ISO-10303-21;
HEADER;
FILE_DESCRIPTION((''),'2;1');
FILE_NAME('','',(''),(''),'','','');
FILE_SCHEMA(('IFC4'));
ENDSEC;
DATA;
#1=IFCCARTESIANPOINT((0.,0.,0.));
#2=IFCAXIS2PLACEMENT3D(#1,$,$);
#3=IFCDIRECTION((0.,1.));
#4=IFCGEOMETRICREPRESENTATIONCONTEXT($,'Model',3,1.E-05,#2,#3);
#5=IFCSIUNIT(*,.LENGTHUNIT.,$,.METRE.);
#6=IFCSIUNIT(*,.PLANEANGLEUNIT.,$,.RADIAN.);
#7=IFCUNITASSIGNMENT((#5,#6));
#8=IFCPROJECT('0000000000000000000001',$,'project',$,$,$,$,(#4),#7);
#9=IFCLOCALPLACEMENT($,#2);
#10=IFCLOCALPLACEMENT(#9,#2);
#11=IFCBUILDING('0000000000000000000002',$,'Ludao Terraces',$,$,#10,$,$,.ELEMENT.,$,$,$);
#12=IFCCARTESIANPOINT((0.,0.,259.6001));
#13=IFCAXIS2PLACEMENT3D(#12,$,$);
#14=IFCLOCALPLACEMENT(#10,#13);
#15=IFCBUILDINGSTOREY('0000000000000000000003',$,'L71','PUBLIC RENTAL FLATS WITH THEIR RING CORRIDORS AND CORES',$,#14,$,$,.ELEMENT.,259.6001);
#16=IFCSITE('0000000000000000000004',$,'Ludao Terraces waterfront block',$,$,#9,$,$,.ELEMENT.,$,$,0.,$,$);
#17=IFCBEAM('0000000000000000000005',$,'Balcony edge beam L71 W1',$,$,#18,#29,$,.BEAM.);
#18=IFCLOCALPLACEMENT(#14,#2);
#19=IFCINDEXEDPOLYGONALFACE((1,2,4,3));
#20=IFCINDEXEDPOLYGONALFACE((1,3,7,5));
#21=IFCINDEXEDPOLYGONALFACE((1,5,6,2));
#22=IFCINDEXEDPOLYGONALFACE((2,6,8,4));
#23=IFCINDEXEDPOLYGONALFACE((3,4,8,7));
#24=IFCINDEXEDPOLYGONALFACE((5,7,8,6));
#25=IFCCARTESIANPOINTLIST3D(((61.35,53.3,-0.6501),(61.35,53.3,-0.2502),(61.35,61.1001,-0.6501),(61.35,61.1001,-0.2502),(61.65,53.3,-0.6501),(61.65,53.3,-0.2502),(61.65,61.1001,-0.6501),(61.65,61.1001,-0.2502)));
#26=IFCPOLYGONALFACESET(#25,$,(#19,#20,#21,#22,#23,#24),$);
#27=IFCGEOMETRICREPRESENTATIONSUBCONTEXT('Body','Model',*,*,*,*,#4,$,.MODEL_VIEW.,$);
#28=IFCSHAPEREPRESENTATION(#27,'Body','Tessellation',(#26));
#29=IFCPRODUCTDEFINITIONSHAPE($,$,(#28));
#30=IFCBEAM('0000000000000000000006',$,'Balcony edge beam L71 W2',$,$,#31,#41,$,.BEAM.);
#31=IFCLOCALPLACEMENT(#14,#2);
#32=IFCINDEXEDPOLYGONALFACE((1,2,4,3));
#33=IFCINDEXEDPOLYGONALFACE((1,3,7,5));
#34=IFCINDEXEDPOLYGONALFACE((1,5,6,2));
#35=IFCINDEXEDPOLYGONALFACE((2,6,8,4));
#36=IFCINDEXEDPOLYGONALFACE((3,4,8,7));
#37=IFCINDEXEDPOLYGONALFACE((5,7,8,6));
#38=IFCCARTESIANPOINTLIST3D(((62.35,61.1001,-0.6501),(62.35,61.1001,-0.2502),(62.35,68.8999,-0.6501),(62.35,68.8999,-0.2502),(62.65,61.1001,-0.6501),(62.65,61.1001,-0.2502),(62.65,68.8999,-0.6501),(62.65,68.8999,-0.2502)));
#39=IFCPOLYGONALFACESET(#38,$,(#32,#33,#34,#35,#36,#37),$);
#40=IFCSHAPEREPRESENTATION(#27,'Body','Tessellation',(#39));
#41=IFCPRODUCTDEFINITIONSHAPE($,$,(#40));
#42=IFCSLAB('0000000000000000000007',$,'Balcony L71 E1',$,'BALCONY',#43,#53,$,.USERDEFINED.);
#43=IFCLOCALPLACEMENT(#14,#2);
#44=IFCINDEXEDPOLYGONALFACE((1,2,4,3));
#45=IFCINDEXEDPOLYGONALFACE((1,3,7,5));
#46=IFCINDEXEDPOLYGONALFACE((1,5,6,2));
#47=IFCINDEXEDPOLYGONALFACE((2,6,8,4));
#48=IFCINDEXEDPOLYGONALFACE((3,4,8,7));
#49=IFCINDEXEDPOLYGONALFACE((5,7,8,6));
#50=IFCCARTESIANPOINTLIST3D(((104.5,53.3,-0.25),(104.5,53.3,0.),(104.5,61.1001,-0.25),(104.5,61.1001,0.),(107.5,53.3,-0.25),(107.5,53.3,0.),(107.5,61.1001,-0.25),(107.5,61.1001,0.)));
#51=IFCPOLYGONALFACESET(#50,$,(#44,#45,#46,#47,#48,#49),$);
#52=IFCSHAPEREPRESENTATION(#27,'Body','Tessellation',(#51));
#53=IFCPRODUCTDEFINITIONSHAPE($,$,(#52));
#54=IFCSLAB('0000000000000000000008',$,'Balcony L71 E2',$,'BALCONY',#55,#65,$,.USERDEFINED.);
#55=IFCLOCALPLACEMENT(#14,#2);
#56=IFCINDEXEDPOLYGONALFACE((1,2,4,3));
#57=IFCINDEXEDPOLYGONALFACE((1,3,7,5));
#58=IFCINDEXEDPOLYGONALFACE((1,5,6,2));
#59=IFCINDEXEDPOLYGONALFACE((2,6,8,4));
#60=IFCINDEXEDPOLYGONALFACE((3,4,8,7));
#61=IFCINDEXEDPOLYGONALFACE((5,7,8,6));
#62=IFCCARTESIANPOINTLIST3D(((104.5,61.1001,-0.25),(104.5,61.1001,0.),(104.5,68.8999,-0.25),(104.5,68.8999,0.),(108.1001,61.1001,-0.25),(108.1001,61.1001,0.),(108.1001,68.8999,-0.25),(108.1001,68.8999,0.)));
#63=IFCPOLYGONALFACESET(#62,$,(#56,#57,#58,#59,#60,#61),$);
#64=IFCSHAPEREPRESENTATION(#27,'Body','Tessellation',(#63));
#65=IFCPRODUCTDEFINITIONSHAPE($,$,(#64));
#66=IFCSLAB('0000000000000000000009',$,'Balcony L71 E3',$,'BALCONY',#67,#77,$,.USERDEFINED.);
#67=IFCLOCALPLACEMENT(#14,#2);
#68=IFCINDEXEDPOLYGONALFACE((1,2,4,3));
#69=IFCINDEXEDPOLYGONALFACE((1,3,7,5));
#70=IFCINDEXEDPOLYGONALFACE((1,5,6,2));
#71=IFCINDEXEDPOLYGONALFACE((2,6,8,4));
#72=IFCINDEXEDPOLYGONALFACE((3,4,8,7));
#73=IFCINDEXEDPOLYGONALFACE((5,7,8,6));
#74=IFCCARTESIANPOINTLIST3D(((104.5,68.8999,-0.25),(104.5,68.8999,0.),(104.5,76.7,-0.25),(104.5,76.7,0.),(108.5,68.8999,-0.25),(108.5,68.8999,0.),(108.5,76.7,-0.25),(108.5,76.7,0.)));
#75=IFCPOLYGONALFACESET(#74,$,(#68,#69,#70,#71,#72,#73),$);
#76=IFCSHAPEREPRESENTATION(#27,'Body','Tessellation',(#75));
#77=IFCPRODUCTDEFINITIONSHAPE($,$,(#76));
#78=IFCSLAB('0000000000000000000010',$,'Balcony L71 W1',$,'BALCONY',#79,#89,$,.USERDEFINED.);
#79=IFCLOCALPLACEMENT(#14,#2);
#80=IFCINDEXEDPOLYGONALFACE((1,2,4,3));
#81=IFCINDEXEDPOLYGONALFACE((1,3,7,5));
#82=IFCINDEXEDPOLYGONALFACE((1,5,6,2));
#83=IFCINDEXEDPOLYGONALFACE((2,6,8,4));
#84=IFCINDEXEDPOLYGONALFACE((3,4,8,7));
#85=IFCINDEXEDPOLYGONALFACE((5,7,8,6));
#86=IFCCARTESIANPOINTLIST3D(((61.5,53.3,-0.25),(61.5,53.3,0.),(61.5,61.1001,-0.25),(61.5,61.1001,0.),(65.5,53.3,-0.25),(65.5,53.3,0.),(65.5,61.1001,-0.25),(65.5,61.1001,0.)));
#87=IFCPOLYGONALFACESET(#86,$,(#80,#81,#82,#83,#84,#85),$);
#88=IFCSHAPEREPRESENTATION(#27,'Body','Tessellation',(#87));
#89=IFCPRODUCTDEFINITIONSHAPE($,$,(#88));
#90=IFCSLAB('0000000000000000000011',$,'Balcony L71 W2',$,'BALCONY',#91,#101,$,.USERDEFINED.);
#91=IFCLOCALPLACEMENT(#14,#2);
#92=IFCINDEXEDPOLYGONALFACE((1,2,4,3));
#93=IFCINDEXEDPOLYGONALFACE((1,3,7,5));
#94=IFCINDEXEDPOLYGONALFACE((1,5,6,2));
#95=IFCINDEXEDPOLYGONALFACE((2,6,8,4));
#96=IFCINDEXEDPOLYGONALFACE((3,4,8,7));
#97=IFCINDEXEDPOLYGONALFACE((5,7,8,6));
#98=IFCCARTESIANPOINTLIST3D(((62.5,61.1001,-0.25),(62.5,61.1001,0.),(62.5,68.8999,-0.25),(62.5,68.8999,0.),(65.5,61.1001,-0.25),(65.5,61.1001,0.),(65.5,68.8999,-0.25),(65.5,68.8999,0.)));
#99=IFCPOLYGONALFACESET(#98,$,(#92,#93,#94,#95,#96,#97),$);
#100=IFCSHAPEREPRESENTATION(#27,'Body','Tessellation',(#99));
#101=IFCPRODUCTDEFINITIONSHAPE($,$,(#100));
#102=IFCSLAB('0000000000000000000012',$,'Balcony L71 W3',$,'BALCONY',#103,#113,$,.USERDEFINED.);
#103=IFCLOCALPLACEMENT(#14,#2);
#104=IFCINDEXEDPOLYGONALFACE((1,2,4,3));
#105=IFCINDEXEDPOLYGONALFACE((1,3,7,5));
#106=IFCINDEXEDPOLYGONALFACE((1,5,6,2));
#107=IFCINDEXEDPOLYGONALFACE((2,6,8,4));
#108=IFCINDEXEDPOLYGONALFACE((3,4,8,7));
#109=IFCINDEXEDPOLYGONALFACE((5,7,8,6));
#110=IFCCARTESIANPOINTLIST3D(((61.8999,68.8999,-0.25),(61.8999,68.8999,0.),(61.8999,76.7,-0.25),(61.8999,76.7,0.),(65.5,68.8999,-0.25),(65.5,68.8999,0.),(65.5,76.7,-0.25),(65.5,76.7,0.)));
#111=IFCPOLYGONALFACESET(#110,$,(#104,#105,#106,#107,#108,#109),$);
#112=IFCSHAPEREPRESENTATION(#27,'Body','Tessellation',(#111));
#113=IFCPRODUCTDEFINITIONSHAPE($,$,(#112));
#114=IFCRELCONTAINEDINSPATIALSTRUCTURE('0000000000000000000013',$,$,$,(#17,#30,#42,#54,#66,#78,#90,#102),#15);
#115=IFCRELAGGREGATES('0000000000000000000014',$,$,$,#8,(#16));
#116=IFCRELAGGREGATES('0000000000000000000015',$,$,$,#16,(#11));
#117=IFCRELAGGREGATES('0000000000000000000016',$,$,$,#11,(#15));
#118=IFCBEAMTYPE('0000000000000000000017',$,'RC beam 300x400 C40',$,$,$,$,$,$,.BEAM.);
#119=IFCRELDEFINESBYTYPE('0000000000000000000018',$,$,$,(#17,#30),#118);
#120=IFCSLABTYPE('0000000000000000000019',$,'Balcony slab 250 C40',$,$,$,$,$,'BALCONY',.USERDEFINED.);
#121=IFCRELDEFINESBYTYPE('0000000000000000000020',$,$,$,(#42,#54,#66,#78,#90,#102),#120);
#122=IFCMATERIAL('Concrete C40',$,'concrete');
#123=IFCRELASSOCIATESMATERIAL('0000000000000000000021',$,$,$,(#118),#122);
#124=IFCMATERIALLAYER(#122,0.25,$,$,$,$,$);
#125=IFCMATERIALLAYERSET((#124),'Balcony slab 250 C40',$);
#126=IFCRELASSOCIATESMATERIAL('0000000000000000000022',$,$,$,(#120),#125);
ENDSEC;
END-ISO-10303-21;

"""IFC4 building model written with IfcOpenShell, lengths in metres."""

from ifc_helpers import new_model, si_unit, direction, frame, origin, origin_2d, place, context, subcontext, project, spatial, polyline, rectangle, outline, extrude, material, layer, layer_set, material_profile, profile_set, type_object, element, save


model = new_model("IFC4")

# Units and contexts
model_context = context("Model", 3, precision=1e-05, world=origin(), true_north=direction((0.0, 1.0)))
body_context = subcontext(model_context, "Body", "Model", "MODEL_VIEW")
ifc_project = project(units=[si_unit("LENGTHUNIT", "METRE"), si_unit("PLANEANGLEUNIT", "RADIAN")], contexts=[model_context])

# Site, building, storey
site_placement = place(None, origin())
site = spatial("IfcSite", under=ifc_project, at=site_placement, Name="Ludao Terraces waterfront block", CompositionType="ELEMENT", RefElevation=0.0)
building_placement = place(site_placement, origin())
building = spatial("IfcBuilding", under=site, at=building_placement, Name="Ludao Terraces", CompositionType="ELEMENT")
storey_placement = place(building_placement, frame((0.0, 0.0, 259.6001)))
storey = spatial("IfcBuildingStorey", under=building, at=storey_placement, Name="L71", Description="PUBLIC RENTAL FLATS WITH THEIR RING CORRIDORS AND CORES", CompositionType="ELEMENT", Elevation=259.6001)

# Beams
ifc_material_1 = material(Name="Concrete C40", Category="concrete")
ifc_material_profile = material_profile(ifc_material_1, rectangle(XDim=0.3, YDim=0.3999, at=origin_2d()), Name="300 X 400")
ifc_profile_set = profile_set([ifc_material_profile], Name="Concrete C40")
beam_type = type_object("IfcBeamType", Name="RC beam 300x400 C40", PredefinedType="BEAM", material=ifc_profile_set)
beam_1_placement = place(storey_placement, frame((61.5, 53.3, -0.4502), z_axis=(0.0, 1.0, 0.0), x_axis=(-1.0, 0.0, 0.0)))
element("IfcBeam", 1, at=beam_1_placement, inside=storey, type_object=beam_type, Name="Balcony edge beam L71 W1", PredefinedType="BEAM", context=body_context, shape_type="SweptSolid", body=[
    extrude(rectangle(XDim=0.3, YDim=0.3999, at=origin_2d()), origin(), (0.0, 0.0, 1.0), 7.8),
])
beam_2_placement = place(storey_placement, frame((62.5, 61.1001, -0.4502), z_axis=(0.0, 1.0, 0.0), x_axis=(-1.0, 0.0, 0.0)))
element("IfcBeam", 2, at=beam_2_placement, inside=storey, type_object=beam_type, Name="Balcony edge beam L71 W2", PredefinedType="BEAM", context=body_context, shape_type="SweptSolid", body=[
    extrude(rectangle(XDim=0.3, YDim=0.3999, at=origin_2d()), origin(), (0.0, 0.0, 1.0), 7.7998),
])

# Slabs
ifc_layer_1 = layer(ifc_material_1, 0.25)
ifc_layer_set_1 = layer_set([ifc_layer_1], Name="Balcony slab 250 C40")
slab_type_1 = type_object("IfcSlabType", Name="Balcony slab 250 C40", ElementType="BALCONY", PredefinedType="USERDEFINED", material=ifc_layer_set_1)
slab_1_placement = place(storey_placement, frame((0.0, 0.0, -0.25)))
element("IfcSlab", 3, at=slab_1_placement, inside=storey, type_object=slab_type_1, Name="Balcony L71 E1", ObjectType="BALCONY", PredefinedType="USERDEFINED", context=body_context, shape_type="SweptSolid", body=[
    extrude(outline(polyline([(104.5, 53.3), (107.5, 53.3), (107.5, 61.1001), (104.5, 61.1001), (104.5, 53.3)])), origin(), (0.0, 0.0, 1.0), 0.25),
])
slab_2_placement = place(storey_placement, frame((0.0, 0.0, -0.25)))
element("IfcSlab", 4, at=slab_2_placement, inside=storey, type_object=slab_type_1, Name="Balcony L71 E2", ObjectType="BALCONY", PredefinedType="USERDEFINED", context=body_context, shape_type="SweptSolid", body=[
    extrude(outline(polyline([(104.5, 61.1001), (108.1001, 61.1001), (108.1001, 68.8999), (104.5, 68.8999), (104.5, 61.1001)])), origin(), (0.0, 0.0, 1.0), 0.25),
])
slab_3_placement = place(storey_placement, frame((0.0, 0.0, -0.25)))
element("IfcSlab", 5, at=slab_3_placement, inside=storey, type_object=slab_type_1, Name="Balcony L71 E3", ObjectType="BALCONY", PredefinedType="USERDEFINED", context=body_context, shape_type="SweptSolid", body=[
    extrude(outline(polyline([(104.5, 68.8999), (108.5, 68.8999), (108.5, 76.7), (104.5, 76.7), (104.5, 68.8999)])), origin(), (0.0, 0.0, 1.0), 0.25),
])
slab_4_placement = place(storey_placement, frame((0.0, 0.0, -0.25)))
element("IfcSlab", 6, at=slab_4_placement, inside=storey, type_object=slab_type_1, Name="Balcony L71 W1", ObjectType="BALCONY", PredefinedType="USERDEFINED", context=body_context, shape_type="SweptSolid", body=[
    extrude(outline(polyline([(61.5, 53.3), (65.5, 53.3), (65.5, 61.1001), (61.5, 61.1001), (61.5, 53.3)])), origin(), (0.0, 0.0, 1.0), 0.25),
])
slab_5_placement = place(storey_placement, frame((0.0, 0.0, -0.25)))
element("IfcSlab", 7, at=slab_5_placement, inside=storey, type_object=slab_type_1, Name="Balcony L71 W2", ObjectType="BALCONY", PredefinedType="USERDEFINED", context=body_context, shape_type="SweptSolid", body=[
    extrude(outline(polyline([(62.5, 61.1001), (65.5, 61.1001), (65.5, 68.8999), (62.5, 68.8999), (62.5, 61.1001)])), origin(), (0.0, 0.0, 1.0), 0.25),
])
slab_6_placement = place(storey_placement, frame((0.0, 0.0, -0.25)))
element("IfcSlab", 8, at=slab_6_placement, inside=storey, type_object=slab_type_1, Name="Balcony L71 W3", ObjectType="BALCONY", PredefinedType="USERDEFINED", context=body_context, shape_type="SweptSolid", body=[
    extrude(outline(polyline([(61.8999, 68.8999), (65.5, 68.8999), (65.5, 76.7), (61.8999, 76.7), (61.8999, 68.8999)])), origin(), (0.0, 0.0, 1.0), 0.25),
])

save(model, "model.ifc")
